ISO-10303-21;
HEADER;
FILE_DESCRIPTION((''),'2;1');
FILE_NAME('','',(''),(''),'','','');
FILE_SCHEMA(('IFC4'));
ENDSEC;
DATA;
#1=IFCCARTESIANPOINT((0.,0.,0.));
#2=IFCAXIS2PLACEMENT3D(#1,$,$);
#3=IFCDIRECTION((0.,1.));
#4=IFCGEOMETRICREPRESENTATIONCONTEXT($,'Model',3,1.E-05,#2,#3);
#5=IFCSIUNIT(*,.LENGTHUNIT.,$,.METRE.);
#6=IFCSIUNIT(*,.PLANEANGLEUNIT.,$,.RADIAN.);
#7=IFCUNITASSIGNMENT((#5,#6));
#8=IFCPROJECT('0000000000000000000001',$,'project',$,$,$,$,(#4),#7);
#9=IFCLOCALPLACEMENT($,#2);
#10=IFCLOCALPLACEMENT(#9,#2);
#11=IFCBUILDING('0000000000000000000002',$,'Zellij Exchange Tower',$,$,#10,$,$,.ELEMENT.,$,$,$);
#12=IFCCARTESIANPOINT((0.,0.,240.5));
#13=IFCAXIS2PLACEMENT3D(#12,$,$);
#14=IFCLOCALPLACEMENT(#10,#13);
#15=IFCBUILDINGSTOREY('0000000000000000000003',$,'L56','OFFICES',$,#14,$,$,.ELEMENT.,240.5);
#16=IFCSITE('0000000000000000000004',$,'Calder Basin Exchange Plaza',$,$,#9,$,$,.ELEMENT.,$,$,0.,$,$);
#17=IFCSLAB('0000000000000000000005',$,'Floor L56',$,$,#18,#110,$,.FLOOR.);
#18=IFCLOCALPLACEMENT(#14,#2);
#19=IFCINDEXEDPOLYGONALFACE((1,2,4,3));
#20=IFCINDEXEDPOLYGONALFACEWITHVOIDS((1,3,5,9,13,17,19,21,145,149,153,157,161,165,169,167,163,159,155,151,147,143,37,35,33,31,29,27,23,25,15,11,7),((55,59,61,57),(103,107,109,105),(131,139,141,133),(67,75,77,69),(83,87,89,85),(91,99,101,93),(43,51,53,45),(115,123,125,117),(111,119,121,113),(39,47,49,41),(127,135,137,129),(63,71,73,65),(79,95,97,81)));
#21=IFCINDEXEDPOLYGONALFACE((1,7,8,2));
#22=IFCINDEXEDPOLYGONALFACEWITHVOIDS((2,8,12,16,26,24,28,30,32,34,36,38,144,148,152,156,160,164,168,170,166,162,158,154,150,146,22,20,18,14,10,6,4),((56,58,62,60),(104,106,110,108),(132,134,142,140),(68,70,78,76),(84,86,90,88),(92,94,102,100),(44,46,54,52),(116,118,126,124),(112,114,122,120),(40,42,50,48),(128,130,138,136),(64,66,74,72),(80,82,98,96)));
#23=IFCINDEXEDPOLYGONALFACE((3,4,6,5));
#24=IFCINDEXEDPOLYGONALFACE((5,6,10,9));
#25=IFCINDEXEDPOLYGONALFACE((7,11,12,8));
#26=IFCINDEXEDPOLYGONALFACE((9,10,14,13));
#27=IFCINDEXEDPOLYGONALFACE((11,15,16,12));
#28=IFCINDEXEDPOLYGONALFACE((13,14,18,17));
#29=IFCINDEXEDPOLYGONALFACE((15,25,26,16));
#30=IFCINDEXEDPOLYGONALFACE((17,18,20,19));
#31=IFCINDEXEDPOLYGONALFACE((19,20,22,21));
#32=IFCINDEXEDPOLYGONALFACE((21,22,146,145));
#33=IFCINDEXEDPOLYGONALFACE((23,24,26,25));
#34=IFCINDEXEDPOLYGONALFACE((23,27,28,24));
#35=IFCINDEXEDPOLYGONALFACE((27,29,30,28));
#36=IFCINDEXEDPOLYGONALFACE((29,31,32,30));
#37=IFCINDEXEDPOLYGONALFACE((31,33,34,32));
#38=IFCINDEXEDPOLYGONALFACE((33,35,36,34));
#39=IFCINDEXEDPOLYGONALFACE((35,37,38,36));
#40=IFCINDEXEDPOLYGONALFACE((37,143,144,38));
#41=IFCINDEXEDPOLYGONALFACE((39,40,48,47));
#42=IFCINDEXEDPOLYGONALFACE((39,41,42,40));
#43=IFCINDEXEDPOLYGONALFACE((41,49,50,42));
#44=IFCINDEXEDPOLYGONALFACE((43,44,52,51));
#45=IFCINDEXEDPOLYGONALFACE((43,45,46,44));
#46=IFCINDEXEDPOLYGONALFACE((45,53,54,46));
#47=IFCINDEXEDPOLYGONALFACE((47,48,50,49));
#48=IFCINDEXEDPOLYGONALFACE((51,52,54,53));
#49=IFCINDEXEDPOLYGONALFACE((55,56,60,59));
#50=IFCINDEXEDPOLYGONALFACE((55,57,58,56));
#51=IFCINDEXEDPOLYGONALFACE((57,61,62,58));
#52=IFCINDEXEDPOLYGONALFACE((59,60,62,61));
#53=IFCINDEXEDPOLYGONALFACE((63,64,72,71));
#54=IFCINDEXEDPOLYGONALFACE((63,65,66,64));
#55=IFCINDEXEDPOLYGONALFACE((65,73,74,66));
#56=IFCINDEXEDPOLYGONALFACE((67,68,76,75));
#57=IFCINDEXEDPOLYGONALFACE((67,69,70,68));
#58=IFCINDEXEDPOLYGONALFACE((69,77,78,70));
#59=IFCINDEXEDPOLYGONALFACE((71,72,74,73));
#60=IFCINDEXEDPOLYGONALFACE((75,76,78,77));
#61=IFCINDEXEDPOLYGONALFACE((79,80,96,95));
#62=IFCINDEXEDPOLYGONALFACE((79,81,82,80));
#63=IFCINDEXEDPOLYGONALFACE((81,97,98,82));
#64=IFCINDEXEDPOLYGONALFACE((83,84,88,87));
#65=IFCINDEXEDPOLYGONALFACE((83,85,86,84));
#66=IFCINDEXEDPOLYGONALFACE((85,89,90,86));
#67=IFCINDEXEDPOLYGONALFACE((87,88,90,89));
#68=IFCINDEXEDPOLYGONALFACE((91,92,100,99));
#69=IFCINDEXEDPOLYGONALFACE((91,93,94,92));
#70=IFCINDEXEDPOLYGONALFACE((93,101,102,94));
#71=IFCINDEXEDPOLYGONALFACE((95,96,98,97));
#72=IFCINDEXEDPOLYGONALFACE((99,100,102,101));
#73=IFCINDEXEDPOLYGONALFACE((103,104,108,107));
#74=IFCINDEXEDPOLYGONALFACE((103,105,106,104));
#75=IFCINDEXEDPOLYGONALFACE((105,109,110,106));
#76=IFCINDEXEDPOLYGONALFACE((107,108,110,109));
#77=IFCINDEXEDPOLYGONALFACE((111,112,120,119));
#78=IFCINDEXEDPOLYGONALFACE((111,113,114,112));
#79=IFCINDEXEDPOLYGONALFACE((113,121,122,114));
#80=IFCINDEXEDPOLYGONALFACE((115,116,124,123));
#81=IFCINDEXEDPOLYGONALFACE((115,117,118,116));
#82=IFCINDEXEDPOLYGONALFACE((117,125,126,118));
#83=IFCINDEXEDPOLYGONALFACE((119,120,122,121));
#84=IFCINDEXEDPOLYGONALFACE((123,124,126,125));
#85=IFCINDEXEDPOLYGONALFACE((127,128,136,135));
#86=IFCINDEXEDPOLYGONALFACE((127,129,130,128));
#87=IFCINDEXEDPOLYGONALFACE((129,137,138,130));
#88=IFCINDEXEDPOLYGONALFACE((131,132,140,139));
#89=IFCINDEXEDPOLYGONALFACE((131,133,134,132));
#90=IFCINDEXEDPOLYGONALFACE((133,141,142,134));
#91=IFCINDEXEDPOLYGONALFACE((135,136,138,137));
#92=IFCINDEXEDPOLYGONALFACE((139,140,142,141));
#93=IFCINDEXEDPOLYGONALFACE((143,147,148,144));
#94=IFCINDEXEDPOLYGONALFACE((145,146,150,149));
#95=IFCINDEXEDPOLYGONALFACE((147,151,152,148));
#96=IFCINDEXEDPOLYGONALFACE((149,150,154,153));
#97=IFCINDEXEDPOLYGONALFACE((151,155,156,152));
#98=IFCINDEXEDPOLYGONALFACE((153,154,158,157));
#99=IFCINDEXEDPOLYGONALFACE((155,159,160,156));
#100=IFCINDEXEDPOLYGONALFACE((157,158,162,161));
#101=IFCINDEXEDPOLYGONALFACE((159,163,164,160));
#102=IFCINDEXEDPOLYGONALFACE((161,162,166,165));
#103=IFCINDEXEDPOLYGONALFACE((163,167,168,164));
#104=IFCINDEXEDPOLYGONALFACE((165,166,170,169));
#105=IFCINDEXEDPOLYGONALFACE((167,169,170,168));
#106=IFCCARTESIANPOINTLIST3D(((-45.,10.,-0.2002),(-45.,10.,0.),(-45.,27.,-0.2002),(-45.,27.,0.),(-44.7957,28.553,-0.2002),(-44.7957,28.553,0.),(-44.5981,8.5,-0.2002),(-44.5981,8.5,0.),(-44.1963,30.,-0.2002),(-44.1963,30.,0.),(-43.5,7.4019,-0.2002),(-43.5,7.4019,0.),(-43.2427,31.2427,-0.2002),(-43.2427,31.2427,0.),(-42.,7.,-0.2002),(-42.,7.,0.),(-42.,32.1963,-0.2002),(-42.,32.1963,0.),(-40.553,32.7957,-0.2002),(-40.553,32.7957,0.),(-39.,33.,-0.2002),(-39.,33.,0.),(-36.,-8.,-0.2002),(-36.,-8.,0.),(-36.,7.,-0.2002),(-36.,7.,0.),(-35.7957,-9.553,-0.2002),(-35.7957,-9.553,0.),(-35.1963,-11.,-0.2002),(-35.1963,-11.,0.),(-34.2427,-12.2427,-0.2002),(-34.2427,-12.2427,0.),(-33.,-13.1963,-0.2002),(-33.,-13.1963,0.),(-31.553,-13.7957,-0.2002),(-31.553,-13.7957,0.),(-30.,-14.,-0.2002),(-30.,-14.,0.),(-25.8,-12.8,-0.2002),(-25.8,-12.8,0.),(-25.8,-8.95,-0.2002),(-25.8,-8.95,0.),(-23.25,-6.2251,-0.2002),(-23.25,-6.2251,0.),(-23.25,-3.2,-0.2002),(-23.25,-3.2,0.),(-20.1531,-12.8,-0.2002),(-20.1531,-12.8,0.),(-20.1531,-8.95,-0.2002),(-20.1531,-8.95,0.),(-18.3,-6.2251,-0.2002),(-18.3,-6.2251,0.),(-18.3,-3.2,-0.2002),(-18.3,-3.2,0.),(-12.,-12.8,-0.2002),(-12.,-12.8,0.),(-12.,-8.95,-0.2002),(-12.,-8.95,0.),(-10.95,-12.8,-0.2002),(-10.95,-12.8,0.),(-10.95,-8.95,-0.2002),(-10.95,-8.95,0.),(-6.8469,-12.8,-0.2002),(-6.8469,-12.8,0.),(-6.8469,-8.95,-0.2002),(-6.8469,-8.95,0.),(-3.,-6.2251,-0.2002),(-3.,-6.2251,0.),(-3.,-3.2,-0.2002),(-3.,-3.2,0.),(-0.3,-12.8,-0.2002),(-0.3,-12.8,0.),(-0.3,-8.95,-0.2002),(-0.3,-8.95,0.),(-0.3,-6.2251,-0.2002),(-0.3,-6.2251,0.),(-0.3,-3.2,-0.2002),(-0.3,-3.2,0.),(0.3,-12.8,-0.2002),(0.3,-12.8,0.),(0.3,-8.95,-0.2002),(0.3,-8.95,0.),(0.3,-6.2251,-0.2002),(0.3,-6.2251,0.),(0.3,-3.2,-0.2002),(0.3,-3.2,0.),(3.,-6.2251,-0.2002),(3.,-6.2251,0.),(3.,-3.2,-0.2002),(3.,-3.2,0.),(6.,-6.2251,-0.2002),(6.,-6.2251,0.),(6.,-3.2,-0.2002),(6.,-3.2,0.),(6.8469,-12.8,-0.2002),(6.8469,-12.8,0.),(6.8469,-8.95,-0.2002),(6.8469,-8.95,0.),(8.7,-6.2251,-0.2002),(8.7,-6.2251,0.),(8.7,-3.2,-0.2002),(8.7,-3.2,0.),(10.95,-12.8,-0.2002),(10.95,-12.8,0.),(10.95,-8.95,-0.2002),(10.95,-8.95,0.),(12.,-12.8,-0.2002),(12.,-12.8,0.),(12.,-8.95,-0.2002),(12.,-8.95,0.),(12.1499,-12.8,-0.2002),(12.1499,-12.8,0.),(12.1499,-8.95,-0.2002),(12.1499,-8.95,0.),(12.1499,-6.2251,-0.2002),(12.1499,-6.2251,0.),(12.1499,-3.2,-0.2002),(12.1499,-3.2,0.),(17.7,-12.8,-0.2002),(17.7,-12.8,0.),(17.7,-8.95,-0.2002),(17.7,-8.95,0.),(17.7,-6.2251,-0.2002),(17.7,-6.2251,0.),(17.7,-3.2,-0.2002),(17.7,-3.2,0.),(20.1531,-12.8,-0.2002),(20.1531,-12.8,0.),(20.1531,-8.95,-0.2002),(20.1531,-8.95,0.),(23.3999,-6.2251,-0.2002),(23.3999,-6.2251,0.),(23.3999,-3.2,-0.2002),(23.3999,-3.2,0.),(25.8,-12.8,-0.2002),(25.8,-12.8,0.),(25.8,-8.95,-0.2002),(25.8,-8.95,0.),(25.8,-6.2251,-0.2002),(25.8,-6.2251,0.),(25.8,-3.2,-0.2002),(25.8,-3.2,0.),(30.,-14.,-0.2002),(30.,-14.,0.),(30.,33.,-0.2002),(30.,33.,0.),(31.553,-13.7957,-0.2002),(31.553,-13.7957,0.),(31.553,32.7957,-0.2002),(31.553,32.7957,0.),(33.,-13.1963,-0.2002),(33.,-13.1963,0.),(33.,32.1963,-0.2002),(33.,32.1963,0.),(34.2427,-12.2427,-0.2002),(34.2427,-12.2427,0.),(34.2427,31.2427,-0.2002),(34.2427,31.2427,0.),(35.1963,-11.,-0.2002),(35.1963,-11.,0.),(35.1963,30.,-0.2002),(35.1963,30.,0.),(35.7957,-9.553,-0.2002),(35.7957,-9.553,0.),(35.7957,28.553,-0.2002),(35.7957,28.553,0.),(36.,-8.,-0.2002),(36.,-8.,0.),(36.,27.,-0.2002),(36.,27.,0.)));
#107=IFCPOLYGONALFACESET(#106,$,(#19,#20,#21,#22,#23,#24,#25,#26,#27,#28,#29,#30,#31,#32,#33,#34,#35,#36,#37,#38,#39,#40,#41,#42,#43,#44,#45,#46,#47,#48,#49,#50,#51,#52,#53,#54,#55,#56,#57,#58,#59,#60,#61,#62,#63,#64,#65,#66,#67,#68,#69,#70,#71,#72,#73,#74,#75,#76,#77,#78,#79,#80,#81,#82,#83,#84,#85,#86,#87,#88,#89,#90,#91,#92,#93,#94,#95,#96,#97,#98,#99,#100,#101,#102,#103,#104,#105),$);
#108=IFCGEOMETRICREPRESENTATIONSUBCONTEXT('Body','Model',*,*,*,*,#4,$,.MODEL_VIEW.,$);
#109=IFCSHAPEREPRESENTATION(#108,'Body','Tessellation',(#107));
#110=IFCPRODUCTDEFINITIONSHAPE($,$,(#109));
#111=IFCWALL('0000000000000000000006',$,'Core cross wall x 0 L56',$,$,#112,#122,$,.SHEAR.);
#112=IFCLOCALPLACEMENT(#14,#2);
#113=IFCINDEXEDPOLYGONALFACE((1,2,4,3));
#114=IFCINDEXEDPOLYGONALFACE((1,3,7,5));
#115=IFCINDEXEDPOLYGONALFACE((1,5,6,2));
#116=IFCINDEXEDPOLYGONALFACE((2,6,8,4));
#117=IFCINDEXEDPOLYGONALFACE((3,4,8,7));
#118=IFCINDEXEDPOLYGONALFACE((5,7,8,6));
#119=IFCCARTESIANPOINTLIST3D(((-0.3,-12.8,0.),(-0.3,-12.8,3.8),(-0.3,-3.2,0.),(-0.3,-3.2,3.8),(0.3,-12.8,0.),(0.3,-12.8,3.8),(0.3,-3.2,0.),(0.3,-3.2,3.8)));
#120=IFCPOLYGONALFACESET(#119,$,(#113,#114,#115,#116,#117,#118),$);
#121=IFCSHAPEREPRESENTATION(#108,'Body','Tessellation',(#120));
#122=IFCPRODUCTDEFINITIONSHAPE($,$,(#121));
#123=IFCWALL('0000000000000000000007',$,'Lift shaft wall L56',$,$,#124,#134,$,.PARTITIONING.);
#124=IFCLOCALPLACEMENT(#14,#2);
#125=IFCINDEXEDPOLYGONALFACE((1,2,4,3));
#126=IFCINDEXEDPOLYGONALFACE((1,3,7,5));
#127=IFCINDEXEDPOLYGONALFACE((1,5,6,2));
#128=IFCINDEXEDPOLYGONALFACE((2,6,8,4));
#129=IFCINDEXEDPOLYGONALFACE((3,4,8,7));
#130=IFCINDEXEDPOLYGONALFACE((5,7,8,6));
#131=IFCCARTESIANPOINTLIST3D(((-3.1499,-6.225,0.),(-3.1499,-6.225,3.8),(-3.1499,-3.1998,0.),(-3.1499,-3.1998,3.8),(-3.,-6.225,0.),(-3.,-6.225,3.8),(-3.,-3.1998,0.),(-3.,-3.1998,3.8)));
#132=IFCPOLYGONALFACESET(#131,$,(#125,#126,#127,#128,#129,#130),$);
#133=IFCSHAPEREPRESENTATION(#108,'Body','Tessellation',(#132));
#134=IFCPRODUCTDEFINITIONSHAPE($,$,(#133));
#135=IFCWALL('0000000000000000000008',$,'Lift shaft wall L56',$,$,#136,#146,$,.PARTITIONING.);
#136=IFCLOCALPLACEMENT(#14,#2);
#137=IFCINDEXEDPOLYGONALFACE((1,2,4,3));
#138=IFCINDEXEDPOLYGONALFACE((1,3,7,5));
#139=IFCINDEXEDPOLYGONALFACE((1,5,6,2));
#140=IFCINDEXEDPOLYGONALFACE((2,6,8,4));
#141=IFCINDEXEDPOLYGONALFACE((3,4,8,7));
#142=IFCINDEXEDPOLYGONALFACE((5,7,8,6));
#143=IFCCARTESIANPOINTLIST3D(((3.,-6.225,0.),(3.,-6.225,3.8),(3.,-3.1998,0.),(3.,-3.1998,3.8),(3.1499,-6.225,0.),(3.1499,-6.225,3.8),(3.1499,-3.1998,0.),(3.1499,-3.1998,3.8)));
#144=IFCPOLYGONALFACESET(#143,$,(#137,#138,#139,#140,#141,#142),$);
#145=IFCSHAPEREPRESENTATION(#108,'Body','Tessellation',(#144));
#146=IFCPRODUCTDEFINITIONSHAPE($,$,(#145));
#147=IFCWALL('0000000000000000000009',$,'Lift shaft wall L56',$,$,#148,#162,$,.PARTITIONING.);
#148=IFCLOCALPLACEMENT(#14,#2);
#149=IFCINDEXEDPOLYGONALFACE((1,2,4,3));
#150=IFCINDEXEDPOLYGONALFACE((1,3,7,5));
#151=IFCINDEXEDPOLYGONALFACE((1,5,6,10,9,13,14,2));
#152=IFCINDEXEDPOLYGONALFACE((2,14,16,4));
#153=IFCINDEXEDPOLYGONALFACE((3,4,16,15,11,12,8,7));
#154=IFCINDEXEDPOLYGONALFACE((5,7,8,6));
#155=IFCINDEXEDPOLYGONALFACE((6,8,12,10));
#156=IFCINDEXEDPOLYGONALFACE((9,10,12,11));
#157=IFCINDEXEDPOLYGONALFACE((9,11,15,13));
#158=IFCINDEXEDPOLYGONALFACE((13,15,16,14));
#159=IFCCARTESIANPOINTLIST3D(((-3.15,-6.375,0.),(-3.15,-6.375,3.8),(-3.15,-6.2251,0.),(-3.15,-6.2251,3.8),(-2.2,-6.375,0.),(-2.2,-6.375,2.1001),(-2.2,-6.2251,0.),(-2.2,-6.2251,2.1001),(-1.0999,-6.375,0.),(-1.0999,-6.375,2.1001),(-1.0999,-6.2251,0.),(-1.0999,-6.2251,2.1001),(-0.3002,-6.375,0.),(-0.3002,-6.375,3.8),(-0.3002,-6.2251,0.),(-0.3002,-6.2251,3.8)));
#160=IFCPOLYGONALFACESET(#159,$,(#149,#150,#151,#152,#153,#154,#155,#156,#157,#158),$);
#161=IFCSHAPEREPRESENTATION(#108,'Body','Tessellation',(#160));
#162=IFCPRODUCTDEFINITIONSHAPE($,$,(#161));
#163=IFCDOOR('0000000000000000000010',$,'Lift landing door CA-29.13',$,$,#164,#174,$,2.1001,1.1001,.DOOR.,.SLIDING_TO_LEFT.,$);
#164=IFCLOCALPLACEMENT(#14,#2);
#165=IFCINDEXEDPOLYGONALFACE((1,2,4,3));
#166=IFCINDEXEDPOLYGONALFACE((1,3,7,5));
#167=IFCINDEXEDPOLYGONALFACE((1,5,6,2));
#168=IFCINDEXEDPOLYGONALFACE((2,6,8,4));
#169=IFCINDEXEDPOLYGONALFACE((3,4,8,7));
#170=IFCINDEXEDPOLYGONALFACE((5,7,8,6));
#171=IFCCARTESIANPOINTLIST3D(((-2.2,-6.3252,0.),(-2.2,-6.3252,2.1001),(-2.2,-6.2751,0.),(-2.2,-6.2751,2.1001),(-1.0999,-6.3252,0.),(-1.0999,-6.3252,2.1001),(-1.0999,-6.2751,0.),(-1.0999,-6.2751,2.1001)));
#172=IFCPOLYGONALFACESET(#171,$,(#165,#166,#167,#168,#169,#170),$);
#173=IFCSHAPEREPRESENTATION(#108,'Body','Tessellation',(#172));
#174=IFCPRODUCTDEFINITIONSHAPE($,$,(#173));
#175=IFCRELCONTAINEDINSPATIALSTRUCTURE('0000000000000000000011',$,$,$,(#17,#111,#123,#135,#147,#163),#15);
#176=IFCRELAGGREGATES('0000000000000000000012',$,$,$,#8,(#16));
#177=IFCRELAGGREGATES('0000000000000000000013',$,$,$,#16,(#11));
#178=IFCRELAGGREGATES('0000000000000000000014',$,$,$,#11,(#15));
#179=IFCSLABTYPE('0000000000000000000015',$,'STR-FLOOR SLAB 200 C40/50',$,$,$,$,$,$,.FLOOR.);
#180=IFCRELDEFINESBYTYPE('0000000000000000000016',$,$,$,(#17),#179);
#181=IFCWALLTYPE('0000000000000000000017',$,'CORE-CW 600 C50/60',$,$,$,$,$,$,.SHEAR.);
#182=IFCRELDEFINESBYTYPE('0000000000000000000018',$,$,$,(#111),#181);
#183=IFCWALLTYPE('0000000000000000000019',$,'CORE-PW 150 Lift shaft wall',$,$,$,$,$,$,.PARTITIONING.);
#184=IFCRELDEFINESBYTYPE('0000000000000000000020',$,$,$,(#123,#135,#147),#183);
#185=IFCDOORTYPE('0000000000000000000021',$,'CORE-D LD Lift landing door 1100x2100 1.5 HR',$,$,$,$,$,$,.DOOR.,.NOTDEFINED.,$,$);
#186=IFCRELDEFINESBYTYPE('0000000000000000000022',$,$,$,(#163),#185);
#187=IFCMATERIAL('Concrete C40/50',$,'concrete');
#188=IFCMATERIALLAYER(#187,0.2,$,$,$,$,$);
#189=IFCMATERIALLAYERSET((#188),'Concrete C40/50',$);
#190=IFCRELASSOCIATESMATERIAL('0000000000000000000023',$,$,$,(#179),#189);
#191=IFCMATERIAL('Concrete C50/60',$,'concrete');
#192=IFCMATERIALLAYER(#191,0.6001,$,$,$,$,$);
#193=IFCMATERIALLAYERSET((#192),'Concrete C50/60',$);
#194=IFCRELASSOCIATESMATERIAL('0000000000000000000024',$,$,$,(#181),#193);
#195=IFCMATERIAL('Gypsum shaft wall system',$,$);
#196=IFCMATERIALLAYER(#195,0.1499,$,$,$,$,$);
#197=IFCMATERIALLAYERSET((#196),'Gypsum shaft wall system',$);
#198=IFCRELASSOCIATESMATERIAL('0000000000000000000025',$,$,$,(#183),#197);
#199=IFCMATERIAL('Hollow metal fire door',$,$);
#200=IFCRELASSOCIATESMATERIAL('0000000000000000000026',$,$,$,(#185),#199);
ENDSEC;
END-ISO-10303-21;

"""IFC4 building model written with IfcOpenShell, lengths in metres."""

from ifc_helpers import new_model, si_unit, direction, frame, frame_2d, origin, place, context, subcontext, project, spatial, polyline, rectangle, outline, extrude, material, layer, layer_set, type_object, element, fill, save


model = new_model("IFC4")

# Units and contexts
model_context = context("Model", 3, precision=1e-05, world=origin(), true_north=direction((0.0, 1.0)))
body_context = subcontext(model_context, "Body", "Model", "MODEL_VIEW")
ifc_project = project(units=[si_unit("LENGTHUNIT", "METRE"), si_unit("PLANEANGLEUNIT", "RADIAN")], contexts=[model_context])

# Site, building, storey
site_placement = place(None, origin())
site = spatial("IfcSite", under=ifc_project, at=site_placement, Name="Calder Basin Exchange Plaza", CompositionType="ELEMENT", RefElevation=0.0)
building_placement = place(site_placement, origin())
building = spatial("IfcBuilding", under=site, at=building_placement, Name="Zellij Exchange Tower", CompositionType="ELEMENT")
storey_placement = place(building_placement, frame((0.0, 0.0, 240.5)))
storey = spatial("IfcBuildingStorey", under=building, at=storey_placement, Name="L56", Description="OFFICES", CompositionType="ELEMENT", Elevation=240.5)

# Slab
ifc_material_1 = material(Name="Concrete C40/50", Category="concrete")
ifc_layer_1 = layer(ifc_material_1, 0.2)
ifc_layer_set_1 = layer_set([ifc_layer_1], Name="Concrete C40/50")
slab_type = type_object("IfcSlabType", Name="STR-FLOOR SLAB 200 C40/50", PredefinedType="FLOOR", material=ifc_layer_set_1)
slab_placement = place(storey_placement, frame((0.0, 0.0, -0.2002)))
element("IfcSlab", 1, at=slab_placement, inside=storey, type_object=slab_type, Name="Floor L56", PredefinedType="FLOOR", context=body_context, shape_type="SweptSolid", body=[
    extrude(outline(polyline([(31.553, 32.7957), (33.0, 32.1963), (34.2427, 31.2427), (35.1963, 30.0), (35.7957, 28.553), (36.0, 27.0), (36.0, -8.0), (35.7957, -9.553), (35.1963, -11.0), (34.2427, -12.2427), (33.0, -13.1963), (31.553, -13.7957), (30.0, -14.0), (-30.0, -14.0), (-31.553, -13.7957), (-33.0, -13.1963), (-34.2427, -12.2427), (-35.1963, -11.0), (-35.7957, -9.553), (-36.0, -8.0), (-36.0, 7.0), (-42.0, 7.0), (-43.5, 7.4019), (-44.5981, 8.5), (-45.0, 10.0), (-45.0, 27.0), (-44.7957, 28.553), (-44.1963, 30.0), (-43.2427, 31.2427), (-42.0, 32.1963), (-40.553, 32.7957), (-39.0, 33.0), (30.0, 33.0), (31.553, 32.7957)]), holes=[polyline([(-25.8, -8.95), (-25.8, -12.8), (-20.1531, -12.8), (-20.1531, -8.95), (-25.8, -8.95)]), polyline([(-10.95, -8.95), (-12.0, -8.95), (-12.0, -12.8), (-10.95, -12.8), (-10.95, -8.95)]), polyline([(-0.3, -8.95), (-6.8469, -8.95), (-6.8469, -12.8), (-0.3, -12.8), (-0.3, -8.95)]), polyline([(0.3, -8.95), (0.3, -12.8), (6.8469, -12.8), (6.8469, -8.95), (0.3, -8.95)]), polyline([(-18.3, -3.2), (-23.25, -3.2), (-23.25, -6.2251), (-18.3, -6.2251), (-18.3, -3.2)]), polyline([(-0.3, -3.2), (-3.0, -3.2), (-3.0, -6.2251), (-0.3, -6.2251), (-0.3, -3.2)]), polyline([(0.3, -3.2), (0.3, -6.2251), (3.0, -6.2251), (3.0, -3.2), (0.3, -3.2)]), polyline([(12.0, -8.95), (10.95, -8.95), (10.95, -12.8), (12.0, -12.8), (12.0, -8.95)]), polyline([(17.7, -8.95), (12.1499, -8.95), (12.1499, -12.8), (17.7, -12.8), (17.7, -8.95)]), polyline([(25.8, -8.95), (20.1531, -8.95), (20.1531, -12.8), (25.8, -12.8), (25.8, -8.95)]), polyline([(8.7, -3.2), (6.0, -3.2), (6.0, -6.2251), (8.7, -6.2251), (8.7, -3.2)]), polyline([(17.7, -3.2), (12.1499, -3.2), (12.1499, -6.2251), (17.7, -6.2251), (17.7, -3.2)]), polyline([(25.8, -3.2), (23.3999, -3.2), (23.3999, -6.2251), (25.8, -6.2251), (25.8, -3.2)])]), origin(), (0.0, 0.0, 1.0), 0.2002),
])

# Walls
ifc_material_2 = material(Name="Concrete C50/60", Category="concrete")
ifc_layer_2 = layer(ifc_material_2, 0.6001)
ifc_layer_set_2 = layer_set([ifc_layer_2], Name="Concrete C50/60")
wall_type_1 = type_object("IfcWallType", Name="CORE-CW 600 C50/60", PredefinedType="SHEAR", material=ifc_layer_set_2)
wall_1_placement = place(storey_placement, frame((0.0, -12.8, 0.0), z_axis=(0.0, 0.0, 1.0), x_axis=(0.0, 1.0, 0.0)))
element("IfcWall", 2, at=wall_1_placement, inside=storey, type_object=wall_type_1, Name="Core cross wall x 0 L56", PredefinedType="SHEAR", context=body_context, shape_type="SweptSolid", body=[
    extrude(rectangle(XDim=9.6001, YDim=0.6001, at=frame_2d((4.8, 0.0))), origin(), (0.0, 0.0, 1.0), 3.8),
])
ifc_material_3 = material(Name="Gypsum shaft wall system")
ifc_layer_3 = layer(ifc_material_3, 0.1499)
ifc_layer_set_3 = layer_set([ifc_layer_3], Name="Gypsum shaft wall system")
wall_type_2 = type_object("IfcWallType", Name="CORE-PW 150 Lift shaft wall", PredefinedType="PARTITIONING", material=ifc_layer_set_3)
for number, where, z_axis, x_axis, name in (
    (3, (-3.075, -6.2251, 0.0), (0.0, 0.0, 1.0), (0.0, 1.0, 0.0), "Lift shaft wall L56"),
    (4, (3.075, -6.2251, 0.0), (0.0, 0.0, 1.0), (0.0, 1.0, 0.0), "Lift shaft wall L56"),
):
    element("IfcWall", number, at=place(storey_placement, frame(where, z_axis=z_axis, x_axis=x_axis)), inside=storey, type_object=wall_type_2, Name=name, PredefinedType="PARTITIONING", context=body_context, shape_type="SweptSolid", body=[
        extrude(rectangle(XDim=3.0251, YDim=0.1499, at=frame_2d((1.5127, 0.0))), origin(), (0.0, 0.0, 1.0), 3.8),
    ])

# Wall, opening, door
wall_2_placement = place(storey_placement, frame((-3.1499, -6.3, 0.0), z_axis=(0.0, 0.0, 1.0), x_axis=(1.0, 0.0, 0.0)))
wall_2 = element("IfcWall", 5, at=wall_2_placement, inside=storey, type_object=wall_type_2, Name="Lift shaft wall L56", PredefinedType="PARTITIONING", context=body_context, shape_type="SweptSolid", body=[
    extrude(rectangle(XDim=2.8499, YDim=0.1499, at=frame_2d((1.4248, 0.0))), origin(), (0.0, 0.0, 1.0), 3.8),
])
opening_1_placement = place(wall_2_placement, frame((0.95, 0.0, 0.0)))
opening_1 = element("IfcOpeningElement", 6, at=opening_1_placement, cuts=wall_2, PredefinedType="OPENING", context=body_context, shape_type="SweptSolid", body=[
    extrude(rectangle(XDim=1.1001, YDim=2.1001, at=frame_2d((0.55, 1.05))), frame((0.0, 0.0869, 0.0), z_axis=(0.0, -1.0, 0.0), x_axis=(1.0, 0.0, 0.0)), (0.0, 0.0, 1.0), 0.1738),
])
ifc_material_4 = material(Name="Hollow metal fire door")
door_type_1 = type_object("IfcDoorType", Name="CORE-D LD Lift landing door 1100x2100 1.5 HR", OperationType="NOTDEFINED", PredefinedType="DOOR", material=ifc_material_4)
door_1_placement = place(opening_1_placement, origin())
door_1 = element("IfcDoor", 7, at=door_1_placement, inside=storey, type_object=door_type_1, Name="Lift landing door CA-29.13", OperationType="SLIDING_TO_LEFT", OverallHeight=2.1001, OverallWidth=1.1001, PredefinedType="DOOR", context=body_context, shape_type="SweptSolid", body=[
    extrude(rectangle(XDim=1.1001, YDim=2.1001, at=frame_2d((0.55, 1.05))), frame((0.0, 0.0249, 0.0), z_axis=(0.0, -1.0, 0.0), x_axis=(1.0, 0.0, 0.0)), (0.0, 0.0, 1.0), 0.05),
])
fill(opening_1, door_1)

save(model, "model.ifc")
